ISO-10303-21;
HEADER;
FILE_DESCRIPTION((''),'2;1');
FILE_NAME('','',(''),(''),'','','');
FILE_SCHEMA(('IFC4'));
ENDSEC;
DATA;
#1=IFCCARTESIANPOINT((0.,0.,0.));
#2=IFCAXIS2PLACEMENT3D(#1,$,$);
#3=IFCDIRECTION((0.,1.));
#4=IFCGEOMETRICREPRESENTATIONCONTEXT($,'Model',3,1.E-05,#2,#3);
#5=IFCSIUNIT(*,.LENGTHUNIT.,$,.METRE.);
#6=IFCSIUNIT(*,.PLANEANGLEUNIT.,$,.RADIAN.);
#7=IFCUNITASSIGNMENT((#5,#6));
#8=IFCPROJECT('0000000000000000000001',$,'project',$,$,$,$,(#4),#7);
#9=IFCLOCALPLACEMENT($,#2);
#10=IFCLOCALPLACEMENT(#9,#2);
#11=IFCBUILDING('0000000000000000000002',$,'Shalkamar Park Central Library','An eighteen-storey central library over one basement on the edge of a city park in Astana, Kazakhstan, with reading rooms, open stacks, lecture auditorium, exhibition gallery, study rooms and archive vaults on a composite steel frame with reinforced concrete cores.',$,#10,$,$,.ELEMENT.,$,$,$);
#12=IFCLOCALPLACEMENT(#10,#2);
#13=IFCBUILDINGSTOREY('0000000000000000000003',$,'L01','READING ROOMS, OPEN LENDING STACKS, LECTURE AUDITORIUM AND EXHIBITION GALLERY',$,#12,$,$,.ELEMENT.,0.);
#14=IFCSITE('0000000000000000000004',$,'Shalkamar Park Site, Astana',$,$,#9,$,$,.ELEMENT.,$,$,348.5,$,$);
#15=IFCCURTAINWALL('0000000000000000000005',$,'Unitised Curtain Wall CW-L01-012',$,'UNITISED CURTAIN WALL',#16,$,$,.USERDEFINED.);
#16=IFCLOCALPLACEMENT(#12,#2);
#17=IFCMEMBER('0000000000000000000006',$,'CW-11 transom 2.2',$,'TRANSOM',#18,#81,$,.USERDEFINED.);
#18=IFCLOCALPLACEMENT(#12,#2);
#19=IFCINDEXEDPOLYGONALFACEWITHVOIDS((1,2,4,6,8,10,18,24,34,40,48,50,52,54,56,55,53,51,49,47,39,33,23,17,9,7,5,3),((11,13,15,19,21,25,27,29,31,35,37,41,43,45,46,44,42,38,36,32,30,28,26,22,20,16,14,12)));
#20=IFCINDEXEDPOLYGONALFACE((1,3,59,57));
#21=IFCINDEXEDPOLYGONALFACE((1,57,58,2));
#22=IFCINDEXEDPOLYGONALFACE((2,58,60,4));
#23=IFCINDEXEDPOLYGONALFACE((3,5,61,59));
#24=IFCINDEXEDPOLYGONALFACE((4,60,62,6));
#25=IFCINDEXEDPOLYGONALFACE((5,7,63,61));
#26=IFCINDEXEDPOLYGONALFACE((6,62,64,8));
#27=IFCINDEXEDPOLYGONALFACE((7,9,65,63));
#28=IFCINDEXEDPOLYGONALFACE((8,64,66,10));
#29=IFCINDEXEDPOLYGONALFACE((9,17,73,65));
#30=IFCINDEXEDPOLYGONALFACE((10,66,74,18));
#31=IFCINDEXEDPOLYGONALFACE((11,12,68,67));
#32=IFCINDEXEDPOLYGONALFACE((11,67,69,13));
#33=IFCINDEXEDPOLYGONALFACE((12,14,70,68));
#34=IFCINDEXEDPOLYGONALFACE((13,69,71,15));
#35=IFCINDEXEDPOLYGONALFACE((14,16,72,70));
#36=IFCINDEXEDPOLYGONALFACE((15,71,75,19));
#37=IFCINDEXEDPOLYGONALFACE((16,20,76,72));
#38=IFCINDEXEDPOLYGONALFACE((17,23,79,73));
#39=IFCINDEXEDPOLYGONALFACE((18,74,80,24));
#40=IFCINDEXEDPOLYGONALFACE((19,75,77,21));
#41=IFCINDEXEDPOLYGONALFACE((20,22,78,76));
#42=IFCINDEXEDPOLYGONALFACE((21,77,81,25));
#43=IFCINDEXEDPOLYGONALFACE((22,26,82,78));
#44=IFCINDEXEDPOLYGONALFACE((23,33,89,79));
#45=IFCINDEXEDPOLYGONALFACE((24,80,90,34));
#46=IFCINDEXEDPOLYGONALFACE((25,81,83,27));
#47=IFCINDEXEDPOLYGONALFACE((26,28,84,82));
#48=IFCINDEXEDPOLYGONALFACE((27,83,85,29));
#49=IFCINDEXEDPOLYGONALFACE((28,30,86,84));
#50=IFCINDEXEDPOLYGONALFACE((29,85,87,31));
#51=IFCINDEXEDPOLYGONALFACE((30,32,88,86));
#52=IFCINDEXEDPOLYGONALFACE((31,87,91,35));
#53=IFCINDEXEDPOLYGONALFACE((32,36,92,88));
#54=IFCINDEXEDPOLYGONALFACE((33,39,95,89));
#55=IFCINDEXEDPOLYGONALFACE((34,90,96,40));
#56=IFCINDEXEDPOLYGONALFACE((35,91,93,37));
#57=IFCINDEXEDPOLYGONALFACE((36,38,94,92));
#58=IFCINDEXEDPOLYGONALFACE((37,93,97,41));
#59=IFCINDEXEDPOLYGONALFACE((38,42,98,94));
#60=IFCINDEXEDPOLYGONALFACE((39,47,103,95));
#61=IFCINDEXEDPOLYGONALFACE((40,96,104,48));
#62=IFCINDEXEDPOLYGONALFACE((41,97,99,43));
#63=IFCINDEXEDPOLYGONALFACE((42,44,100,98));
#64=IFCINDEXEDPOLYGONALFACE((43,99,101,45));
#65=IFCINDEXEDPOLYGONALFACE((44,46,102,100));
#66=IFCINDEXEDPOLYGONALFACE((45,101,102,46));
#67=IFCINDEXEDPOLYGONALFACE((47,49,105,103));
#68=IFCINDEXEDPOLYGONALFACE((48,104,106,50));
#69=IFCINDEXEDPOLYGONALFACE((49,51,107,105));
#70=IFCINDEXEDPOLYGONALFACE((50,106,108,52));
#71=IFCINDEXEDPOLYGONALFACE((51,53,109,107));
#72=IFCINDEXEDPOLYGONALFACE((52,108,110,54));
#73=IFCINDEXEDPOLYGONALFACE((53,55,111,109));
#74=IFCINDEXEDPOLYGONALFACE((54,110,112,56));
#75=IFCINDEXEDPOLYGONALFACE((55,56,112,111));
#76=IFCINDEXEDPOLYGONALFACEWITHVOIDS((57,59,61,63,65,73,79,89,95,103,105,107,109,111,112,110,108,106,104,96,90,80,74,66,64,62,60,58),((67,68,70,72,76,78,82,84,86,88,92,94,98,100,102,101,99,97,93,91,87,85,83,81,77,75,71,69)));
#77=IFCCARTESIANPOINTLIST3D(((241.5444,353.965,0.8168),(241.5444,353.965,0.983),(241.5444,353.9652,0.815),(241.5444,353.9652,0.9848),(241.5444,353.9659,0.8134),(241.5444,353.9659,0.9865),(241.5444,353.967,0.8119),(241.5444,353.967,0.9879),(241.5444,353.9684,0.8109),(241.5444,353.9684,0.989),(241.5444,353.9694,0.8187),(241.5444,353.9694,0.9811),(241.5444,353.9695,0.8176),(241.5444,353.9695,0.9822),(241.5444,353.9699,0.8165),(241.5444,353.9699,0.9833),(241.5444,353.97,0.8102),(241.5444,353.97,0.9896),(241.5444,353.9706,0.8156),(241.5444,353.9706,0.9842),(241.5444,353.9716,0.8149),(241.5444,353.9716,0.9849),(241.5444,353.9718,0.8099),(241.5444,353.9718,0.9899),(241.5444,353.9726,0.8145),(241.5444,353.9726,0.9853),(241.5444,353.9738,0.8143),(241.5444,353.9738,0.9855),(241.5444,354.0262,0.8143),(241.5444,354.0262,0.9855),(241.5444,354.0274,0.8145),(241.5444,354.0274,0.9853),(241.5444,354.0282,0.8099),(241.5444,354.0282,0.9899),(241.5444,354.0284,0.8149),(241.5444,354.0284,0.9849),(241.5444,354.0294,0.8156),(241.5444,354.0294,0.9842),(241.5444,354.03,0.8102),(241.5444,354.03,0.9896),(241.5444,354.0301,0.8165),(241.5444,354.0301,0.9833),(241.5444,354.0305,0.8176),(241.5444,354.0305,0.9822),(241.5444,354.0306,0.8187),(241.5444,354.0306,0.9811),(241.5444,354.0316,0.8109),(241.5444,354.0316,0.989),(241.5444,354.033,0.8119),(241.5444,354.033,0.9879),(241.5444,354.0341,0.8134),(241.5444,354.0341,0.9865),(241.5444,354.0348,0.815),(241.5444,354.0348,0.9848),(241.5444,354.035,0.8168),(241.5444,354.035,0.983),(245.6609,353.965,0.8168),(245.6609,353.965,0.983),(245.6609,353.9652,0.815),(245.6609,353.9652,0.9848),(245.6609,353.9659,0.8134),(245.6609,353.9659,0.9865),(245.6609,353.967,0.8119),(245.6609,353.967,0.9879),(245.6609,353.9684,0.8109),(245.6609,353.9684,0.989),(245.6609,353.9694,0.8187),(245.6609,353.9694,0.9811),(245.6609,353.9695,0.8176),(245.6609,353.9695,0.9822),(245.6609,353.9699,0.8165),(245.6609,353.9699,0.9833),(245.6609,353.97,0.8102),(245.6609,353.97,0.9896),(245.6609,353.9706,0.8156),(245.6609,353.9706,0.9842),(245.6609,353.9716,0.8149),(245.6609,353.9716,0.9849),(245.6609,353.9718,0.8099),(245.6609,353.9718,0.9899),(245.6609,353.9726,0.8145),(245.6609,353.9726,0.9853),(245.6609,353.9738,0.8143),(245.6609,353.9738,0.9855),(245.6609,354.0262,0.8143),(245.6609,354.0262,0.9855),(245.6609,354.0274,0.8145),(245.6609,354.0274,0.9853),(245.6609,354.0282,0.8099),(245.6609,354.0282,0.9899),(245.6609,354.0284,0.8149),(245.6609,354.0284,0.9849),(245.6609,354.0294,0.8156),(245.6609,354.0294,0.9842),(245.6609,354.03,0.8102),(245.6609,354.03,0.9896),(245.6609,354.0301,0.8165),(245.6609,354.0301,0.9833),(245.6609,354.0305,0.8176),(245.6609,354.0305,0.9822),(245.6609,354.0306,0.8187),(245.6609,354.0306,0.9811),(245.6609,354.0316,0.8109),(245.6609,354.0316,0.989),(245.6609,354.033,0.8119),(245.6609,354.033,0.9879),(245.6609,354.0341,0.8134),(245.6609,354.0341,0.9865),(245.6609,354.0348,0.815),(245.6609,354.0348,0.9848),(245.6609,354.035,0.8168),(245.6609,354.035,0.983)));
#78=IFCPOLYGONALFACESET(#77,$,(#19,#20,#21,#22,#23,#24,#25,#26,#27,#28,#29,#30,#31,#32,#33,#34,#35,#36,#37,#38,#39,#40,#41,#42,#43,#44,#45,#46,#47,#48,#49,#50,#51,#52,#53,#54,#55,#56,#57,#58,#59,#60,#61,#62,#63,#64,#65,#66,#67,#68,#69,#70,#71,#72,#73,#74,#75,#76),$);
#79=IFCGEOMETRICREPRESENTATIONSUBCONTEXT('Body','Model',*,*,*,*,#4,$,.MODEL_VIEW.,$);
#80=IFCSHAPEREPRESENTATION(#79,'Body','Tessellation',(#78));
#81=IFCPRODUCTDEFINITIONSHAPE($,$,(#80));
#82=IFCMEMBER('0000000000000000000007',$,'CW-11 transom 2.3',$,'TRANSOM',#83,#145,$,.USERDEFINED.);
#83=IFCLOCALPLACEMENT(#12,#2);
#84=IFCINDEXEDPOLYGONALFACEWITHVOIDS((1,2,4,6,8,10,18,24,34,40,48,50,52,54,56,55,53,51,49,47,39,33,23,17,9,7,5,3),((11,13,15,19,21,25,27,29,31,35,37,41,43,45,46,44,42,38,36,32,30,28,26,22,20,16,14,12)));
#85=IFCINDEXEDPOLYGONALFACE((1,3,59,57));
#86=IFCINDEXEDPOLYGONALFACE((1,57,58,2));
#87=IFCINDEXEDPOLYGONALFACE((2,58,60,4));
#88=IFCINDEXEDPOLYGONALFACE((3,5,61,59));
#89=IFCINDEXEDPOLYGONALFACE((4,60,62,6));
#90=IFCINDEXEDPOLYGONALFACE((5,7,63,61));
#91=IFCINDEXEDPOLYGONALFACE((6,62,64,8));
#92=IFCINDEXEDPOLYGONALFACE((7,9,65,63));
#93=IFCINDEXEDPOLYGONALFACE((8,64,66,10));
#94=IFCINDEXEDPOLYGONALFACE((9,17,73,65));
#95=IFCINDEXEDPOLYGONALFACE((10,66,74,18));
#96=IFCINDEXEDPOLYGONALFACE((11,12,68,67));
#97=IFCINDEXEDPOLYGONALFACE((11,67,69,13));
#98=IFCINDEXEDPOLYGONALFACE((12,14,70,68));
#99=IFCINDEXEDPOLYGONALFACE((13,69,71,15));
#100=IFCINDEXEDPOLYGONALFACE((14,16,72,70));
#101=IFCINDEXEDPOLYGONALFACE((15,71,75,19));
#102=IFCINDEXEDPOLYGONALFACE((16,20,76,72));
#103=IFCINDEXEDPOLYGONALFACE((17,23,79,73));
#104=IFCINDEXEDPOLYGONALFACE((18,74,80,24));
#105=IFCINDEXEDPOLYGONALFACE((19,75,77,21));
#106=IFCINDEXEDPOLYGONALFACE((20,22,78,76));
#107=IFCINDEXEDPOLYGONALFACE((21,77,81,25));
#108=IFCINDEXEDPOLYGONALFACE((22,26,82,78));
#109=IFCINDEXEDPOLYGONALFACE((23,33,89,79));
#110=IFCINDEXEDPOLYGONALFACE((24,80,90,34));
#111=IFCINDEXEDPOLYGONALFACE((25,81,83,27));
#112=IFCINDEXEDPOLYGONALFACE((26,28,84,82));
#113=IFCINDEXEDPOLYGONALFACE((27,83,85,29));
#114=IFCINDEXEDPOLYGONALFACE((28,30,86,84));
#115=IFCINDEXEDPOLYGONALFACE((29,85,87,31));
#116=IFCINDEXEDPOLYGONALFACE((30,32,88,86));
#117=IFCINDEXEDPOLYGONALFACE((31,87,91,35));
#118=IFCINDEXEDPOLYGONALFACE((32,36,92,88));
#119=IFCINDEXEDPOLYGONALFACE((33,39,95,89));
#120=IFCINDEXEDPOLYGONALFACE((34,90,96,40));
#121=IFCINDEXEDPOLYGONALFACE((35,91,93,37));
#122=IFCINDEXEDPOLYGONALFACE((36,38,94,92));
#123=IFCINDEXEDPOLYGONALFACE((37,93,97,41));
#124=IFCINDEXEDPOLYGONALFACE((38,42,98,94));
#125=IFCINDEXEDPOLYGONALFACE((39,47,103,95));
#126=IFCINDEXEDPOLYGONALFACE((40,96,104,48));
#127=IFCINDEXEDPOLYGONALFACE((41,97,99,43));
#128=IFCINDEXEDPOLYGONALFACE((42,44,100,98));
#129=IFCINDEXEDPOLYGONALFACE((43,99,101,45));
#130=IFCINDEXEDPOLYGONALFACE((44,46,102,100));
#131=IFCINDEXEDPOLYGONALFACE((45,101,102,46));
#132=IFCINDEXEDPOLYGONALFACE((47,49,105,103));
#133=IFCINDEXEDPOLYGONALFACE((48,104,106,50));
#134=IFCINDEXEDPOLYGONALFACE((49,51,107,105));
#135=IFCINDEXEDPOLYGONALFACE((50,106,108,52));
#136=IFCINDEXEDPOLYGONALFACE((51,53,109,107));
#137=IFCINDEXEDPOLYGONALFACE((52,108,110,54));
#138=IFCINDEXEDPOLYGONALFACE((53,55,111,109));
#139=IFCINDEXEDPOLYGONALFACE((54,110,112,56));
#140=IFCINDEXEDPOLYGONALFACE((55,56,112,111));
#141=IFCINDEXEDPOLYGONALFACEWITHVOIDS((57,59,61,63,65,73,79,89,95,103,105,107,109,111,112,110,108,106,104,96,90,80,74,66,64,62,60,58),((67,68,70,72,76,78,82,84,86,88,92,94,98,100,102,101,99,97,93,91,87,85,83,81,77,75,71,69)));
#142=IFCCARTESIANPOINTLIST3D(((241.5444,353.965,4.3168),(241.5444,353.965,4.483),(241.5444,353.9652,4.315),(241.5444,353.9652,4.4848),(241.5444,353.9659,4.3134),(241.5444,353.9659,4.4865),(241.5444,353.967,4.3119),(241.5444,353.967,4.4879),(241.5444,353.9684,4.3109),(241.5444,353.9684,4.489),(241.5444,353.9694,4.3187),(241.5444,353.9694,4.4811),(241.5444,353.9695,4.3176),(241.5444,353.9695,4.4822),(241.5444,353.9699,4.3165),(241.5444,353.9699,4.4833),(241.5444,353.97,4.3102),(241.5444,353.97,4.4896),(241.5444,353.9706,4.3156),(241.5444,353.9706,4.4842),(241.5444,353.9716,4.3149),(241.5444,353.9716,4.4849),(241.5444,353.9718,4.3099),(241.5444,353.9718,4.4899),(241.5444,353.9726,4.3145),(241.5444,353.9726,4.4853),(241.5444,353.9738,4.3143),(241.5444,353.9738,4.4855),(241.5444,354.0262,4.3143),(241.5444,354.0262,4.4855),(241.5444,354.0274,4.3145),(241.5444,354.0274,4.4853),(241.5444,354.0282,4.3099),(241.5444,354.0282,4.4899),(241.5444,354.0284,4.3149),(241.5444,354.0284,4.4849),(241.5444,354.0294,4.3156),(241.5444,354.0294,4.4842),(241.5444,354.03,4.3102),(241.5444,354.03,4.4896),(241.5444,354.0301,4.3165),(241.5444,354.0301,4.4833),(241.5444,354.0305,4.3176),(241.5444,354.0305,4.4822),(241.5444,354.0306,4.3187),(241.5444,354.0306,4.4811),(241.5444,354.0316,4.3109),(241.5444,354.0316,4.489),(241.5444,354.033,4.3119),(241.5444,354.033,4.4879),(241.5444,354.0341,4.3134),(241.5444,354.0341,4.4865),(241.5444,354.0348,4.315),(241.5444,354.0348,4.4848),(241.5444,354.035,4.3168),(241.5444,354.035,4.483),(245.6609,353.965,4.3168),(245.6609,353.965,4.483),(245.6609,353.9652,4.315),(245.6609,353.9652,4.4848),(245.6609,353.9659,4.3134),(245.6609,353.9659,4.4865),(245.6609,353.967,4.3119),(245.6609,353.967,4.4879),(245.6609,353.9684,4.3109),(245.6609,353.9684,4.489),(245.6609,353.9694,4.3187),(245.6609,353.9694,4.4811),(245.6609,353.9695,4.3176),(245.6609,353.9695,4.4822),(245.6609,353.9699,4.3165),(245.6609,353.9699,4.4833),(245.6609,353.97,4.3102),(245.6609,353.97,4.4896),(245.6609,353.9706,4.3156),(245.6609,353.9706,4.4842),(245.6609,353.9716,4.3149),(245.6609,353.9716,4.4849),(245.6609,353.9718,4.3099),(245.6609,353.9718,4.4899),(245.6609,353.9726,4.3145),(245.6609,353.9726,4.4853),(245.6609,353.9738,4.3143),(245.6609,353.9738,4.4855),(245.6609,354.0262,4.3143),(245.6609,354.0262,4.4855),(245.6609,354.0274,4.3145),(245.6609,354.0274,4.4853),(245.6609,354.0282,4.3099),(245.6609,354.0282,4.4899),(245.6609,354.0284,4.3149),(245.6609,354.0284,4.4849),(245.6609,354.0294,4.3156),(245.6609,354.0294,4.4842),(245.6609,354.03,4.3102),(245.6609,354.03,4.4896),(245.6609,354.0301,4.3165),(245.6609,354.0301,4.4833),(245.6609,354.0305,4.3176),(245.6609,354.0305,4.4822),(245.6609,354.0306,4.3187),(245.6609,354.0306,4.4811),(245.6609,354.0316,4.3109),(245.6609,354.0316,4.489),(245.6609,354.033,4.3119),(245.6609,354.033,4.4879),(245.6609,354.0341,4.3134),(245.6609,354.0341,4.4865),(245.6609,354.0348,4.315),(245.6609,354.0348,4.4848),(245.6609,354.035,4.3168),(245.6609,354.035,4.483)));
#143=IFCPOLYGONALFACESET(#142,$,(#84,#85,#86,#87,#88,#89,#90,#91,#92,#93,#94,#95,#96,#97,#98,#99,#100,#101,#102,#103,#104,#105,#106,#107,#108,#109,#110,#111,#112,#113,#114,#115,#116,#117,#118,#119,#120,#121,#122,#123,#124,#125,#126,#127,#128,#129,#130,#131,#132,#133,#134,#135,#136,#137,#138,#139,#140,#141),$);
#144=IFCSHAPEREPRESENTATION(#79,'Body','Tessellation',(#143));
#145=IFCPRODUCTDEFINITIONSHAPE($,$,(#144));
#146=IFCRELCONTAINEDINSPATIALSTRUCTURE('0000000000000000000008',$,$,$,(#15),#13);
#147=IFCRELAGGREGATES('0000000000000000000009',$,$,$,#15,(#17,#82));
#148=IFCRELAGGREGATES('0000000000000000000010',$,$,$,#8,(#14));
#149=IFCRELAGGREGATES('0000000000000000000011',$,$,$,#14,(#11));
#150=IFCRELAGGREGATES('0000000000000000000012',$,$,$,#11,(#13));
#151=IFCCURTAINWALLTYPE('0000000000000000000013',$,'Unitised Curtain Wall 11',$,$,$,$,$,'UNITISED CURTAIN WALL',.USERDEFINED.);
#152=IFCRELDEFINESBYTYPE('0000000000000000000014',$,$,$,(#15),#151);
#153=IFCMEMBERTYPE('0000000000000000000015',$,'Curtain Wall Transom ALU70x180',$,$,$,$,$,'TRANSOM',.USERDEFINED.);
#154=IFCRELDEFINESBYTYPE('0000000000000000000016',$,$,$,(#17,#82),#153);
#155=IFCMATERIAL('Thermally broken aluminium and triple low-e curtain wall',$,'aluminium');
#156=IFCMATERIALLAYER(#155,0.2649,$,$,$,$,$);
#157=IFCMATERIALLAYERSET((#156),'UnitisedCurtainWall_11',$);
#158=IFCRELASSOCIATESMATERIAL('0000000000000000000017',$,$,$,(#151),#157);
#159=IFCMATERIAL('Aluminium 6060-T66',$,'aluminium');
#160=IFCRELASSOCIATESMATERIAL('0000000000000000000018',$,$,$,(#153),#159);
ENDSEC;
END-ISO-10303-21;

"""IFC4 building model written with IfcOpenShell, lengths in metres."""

from ifc_helpers import new_model, si_unit, direction, frame, origin, origin_2d, place, context, subcontext, project, spatial, hollow_rectangle, extrude, material, layer, layer_set, material_profile, profile_set, type_object, element, aggregate, save


model = new_model("IFC4")

# Units and contexts
model_context = context("Model", 3, precision=1e-05, world=origin(), true_north=direction((0.0, 1.0)))
body_context = subcontext(model_context, "Body", "Model", "MODEL_VIEW")
ifc_project = project(units=[si_unit("LENGTHUNIT", "METRE"), si_unit("PLANEANGLEUNIT", "RADIAN")], contexts=[model_context])

# Site, building, storey
site_placement = place(None, origin())
site = spatial("IfcSite", under=ifc_project, at=site_placement, Name="Shalkamar Park Site, Astana", CompositionType="ELEMENT", RefElevation=348.5)
building_placement = place(site_placement, origin())
building = spatial("IfcBuilding", under=site, at=building_placement, Name="Shalkamar Park Central Library", Description="An eighteen-storey central library over one basement on the edge of a city park in Astana, Kazakhstan, with reading rooms, open stacks, lecture auditorium, exhibition gallery, study rooms and archive vaults on a composite steel frame with reinforced concrete cores.", CompositionType="ELEMENT")
storey_placement = place(building_placement, origin())
storey = spatial("IfcBuildingStorey", under=building, at=storey_placement, Name="L01", Description="READING ROOMS, OPEN LENDING STACKS, LECTURE AUDITORIUM AND EXHIBITION GALLERY", CompositionType="ELEMENT", Elevation=0.0)

# Curtain wall
ifc_material_1 = material(Name="Thermally broken aluminium and triple low-e curtain wall", Category="aluminium")
ifc_material_2 = material(Name="Aluminium 6060-T66", Category="aluminium")
ifc_layer_1 = layer(ifc_material_1, 0.2649)
ifc_layer_set_1 = layer_set([ifc_layer_1], Name="UnitisedCurtainWall_11")
curtain_wall_type_1 = type_object("IfcCurtainWallType", Name="Unitised Curtain Wall 11", ElementType="UNITISED CURTAIN WALL", PredefinedType="USERDEFINED", material=ifc_layer_set_1)
curtain_wall_1_placement = place(storey_placement, origin())
curtain_wall_1 = element("IfcCurtainWall", 1, at=curtain_wall_1_placement, inside=storey, type_object=curtain_wall_type_1, Name="Unitised Curtain Wall CW-L01-012", ObjectType="UNITISED CURTAIN WALL", PredefinedType="USERDEFINED")

# Members
ifc_material_profile_1 = material_profile(ifc_material_2, hollow_rectangle(XDim=0.0701, YDim=0.1799, WallThickness=0.0044, InnerFilletRadius=0.0044, OuterFilletRadius=0.0068, at=origin_2d()), Name="ALU 70x180x4.5")
ifc_profile_set_1 = profile_set([ifc_material_profile_1], Name="Aluminium 6060-T66")
member_type_1 = type_object("IfcMemberType", Name="Curtain Wall Transom ALU70x180", ElementType="TRANSOM", PredefinedType="USERDEFINED", material=ifc_profile_set_1)
member_1_placement = place(storey_placement, frame((241.5444, 354.0, 0.8999), z_axis=(1.0, 0.0, 0.0), x_axis=(0.0, 1.0, 0.0)))
member_1 = element("IfcMember", 2, at=member_1_placement, type_object=member_type_1, Name="CW-11 transom 2.2", ObjectType="TRANSOM", PredefinedType="USERDEFINED", context=body_context, shape_type="SweptSolid", body=[
    extrude(hollow_rectangle(XDim=0.0701, YDim=0.1799, WallThickness=0.0044, InnerFilletRadius=0.0044, OuterFilletRadius=0.0068, at=origin_2d()), origin(), (0.0, 0.0, 1.0), 4.1165),
])
member_2_placement = place(storey_placement, frame((241.5444, 354.0, 4.3999), z_axis=(1.0, 0.0, 0.0), x_axis=(0.0, 1.0, 0.0)))
member_2 = element("IfcMember", 3, at=member_2_placement, type_object=member_type_1, Name="CW-11 transom 2.3", ObjectType="TRANSOM", PredefinedType="USERDEFINED", context=body_context, shape_type="SweptSolid", body=[
    extrude(hollow_rectangle(XDim=0.0701, YDim=0.1799, WallThickness=0.0044, InnerFilletRadius=0.0044, OuterFilletRadius=0.0068, at=origin_2d()), origin(), (0.0, 0.0, 1.0), 4.1165),
])

aggregate(curtain_wall_1, [member_1, member_2])

save(model, "model.ifc")
